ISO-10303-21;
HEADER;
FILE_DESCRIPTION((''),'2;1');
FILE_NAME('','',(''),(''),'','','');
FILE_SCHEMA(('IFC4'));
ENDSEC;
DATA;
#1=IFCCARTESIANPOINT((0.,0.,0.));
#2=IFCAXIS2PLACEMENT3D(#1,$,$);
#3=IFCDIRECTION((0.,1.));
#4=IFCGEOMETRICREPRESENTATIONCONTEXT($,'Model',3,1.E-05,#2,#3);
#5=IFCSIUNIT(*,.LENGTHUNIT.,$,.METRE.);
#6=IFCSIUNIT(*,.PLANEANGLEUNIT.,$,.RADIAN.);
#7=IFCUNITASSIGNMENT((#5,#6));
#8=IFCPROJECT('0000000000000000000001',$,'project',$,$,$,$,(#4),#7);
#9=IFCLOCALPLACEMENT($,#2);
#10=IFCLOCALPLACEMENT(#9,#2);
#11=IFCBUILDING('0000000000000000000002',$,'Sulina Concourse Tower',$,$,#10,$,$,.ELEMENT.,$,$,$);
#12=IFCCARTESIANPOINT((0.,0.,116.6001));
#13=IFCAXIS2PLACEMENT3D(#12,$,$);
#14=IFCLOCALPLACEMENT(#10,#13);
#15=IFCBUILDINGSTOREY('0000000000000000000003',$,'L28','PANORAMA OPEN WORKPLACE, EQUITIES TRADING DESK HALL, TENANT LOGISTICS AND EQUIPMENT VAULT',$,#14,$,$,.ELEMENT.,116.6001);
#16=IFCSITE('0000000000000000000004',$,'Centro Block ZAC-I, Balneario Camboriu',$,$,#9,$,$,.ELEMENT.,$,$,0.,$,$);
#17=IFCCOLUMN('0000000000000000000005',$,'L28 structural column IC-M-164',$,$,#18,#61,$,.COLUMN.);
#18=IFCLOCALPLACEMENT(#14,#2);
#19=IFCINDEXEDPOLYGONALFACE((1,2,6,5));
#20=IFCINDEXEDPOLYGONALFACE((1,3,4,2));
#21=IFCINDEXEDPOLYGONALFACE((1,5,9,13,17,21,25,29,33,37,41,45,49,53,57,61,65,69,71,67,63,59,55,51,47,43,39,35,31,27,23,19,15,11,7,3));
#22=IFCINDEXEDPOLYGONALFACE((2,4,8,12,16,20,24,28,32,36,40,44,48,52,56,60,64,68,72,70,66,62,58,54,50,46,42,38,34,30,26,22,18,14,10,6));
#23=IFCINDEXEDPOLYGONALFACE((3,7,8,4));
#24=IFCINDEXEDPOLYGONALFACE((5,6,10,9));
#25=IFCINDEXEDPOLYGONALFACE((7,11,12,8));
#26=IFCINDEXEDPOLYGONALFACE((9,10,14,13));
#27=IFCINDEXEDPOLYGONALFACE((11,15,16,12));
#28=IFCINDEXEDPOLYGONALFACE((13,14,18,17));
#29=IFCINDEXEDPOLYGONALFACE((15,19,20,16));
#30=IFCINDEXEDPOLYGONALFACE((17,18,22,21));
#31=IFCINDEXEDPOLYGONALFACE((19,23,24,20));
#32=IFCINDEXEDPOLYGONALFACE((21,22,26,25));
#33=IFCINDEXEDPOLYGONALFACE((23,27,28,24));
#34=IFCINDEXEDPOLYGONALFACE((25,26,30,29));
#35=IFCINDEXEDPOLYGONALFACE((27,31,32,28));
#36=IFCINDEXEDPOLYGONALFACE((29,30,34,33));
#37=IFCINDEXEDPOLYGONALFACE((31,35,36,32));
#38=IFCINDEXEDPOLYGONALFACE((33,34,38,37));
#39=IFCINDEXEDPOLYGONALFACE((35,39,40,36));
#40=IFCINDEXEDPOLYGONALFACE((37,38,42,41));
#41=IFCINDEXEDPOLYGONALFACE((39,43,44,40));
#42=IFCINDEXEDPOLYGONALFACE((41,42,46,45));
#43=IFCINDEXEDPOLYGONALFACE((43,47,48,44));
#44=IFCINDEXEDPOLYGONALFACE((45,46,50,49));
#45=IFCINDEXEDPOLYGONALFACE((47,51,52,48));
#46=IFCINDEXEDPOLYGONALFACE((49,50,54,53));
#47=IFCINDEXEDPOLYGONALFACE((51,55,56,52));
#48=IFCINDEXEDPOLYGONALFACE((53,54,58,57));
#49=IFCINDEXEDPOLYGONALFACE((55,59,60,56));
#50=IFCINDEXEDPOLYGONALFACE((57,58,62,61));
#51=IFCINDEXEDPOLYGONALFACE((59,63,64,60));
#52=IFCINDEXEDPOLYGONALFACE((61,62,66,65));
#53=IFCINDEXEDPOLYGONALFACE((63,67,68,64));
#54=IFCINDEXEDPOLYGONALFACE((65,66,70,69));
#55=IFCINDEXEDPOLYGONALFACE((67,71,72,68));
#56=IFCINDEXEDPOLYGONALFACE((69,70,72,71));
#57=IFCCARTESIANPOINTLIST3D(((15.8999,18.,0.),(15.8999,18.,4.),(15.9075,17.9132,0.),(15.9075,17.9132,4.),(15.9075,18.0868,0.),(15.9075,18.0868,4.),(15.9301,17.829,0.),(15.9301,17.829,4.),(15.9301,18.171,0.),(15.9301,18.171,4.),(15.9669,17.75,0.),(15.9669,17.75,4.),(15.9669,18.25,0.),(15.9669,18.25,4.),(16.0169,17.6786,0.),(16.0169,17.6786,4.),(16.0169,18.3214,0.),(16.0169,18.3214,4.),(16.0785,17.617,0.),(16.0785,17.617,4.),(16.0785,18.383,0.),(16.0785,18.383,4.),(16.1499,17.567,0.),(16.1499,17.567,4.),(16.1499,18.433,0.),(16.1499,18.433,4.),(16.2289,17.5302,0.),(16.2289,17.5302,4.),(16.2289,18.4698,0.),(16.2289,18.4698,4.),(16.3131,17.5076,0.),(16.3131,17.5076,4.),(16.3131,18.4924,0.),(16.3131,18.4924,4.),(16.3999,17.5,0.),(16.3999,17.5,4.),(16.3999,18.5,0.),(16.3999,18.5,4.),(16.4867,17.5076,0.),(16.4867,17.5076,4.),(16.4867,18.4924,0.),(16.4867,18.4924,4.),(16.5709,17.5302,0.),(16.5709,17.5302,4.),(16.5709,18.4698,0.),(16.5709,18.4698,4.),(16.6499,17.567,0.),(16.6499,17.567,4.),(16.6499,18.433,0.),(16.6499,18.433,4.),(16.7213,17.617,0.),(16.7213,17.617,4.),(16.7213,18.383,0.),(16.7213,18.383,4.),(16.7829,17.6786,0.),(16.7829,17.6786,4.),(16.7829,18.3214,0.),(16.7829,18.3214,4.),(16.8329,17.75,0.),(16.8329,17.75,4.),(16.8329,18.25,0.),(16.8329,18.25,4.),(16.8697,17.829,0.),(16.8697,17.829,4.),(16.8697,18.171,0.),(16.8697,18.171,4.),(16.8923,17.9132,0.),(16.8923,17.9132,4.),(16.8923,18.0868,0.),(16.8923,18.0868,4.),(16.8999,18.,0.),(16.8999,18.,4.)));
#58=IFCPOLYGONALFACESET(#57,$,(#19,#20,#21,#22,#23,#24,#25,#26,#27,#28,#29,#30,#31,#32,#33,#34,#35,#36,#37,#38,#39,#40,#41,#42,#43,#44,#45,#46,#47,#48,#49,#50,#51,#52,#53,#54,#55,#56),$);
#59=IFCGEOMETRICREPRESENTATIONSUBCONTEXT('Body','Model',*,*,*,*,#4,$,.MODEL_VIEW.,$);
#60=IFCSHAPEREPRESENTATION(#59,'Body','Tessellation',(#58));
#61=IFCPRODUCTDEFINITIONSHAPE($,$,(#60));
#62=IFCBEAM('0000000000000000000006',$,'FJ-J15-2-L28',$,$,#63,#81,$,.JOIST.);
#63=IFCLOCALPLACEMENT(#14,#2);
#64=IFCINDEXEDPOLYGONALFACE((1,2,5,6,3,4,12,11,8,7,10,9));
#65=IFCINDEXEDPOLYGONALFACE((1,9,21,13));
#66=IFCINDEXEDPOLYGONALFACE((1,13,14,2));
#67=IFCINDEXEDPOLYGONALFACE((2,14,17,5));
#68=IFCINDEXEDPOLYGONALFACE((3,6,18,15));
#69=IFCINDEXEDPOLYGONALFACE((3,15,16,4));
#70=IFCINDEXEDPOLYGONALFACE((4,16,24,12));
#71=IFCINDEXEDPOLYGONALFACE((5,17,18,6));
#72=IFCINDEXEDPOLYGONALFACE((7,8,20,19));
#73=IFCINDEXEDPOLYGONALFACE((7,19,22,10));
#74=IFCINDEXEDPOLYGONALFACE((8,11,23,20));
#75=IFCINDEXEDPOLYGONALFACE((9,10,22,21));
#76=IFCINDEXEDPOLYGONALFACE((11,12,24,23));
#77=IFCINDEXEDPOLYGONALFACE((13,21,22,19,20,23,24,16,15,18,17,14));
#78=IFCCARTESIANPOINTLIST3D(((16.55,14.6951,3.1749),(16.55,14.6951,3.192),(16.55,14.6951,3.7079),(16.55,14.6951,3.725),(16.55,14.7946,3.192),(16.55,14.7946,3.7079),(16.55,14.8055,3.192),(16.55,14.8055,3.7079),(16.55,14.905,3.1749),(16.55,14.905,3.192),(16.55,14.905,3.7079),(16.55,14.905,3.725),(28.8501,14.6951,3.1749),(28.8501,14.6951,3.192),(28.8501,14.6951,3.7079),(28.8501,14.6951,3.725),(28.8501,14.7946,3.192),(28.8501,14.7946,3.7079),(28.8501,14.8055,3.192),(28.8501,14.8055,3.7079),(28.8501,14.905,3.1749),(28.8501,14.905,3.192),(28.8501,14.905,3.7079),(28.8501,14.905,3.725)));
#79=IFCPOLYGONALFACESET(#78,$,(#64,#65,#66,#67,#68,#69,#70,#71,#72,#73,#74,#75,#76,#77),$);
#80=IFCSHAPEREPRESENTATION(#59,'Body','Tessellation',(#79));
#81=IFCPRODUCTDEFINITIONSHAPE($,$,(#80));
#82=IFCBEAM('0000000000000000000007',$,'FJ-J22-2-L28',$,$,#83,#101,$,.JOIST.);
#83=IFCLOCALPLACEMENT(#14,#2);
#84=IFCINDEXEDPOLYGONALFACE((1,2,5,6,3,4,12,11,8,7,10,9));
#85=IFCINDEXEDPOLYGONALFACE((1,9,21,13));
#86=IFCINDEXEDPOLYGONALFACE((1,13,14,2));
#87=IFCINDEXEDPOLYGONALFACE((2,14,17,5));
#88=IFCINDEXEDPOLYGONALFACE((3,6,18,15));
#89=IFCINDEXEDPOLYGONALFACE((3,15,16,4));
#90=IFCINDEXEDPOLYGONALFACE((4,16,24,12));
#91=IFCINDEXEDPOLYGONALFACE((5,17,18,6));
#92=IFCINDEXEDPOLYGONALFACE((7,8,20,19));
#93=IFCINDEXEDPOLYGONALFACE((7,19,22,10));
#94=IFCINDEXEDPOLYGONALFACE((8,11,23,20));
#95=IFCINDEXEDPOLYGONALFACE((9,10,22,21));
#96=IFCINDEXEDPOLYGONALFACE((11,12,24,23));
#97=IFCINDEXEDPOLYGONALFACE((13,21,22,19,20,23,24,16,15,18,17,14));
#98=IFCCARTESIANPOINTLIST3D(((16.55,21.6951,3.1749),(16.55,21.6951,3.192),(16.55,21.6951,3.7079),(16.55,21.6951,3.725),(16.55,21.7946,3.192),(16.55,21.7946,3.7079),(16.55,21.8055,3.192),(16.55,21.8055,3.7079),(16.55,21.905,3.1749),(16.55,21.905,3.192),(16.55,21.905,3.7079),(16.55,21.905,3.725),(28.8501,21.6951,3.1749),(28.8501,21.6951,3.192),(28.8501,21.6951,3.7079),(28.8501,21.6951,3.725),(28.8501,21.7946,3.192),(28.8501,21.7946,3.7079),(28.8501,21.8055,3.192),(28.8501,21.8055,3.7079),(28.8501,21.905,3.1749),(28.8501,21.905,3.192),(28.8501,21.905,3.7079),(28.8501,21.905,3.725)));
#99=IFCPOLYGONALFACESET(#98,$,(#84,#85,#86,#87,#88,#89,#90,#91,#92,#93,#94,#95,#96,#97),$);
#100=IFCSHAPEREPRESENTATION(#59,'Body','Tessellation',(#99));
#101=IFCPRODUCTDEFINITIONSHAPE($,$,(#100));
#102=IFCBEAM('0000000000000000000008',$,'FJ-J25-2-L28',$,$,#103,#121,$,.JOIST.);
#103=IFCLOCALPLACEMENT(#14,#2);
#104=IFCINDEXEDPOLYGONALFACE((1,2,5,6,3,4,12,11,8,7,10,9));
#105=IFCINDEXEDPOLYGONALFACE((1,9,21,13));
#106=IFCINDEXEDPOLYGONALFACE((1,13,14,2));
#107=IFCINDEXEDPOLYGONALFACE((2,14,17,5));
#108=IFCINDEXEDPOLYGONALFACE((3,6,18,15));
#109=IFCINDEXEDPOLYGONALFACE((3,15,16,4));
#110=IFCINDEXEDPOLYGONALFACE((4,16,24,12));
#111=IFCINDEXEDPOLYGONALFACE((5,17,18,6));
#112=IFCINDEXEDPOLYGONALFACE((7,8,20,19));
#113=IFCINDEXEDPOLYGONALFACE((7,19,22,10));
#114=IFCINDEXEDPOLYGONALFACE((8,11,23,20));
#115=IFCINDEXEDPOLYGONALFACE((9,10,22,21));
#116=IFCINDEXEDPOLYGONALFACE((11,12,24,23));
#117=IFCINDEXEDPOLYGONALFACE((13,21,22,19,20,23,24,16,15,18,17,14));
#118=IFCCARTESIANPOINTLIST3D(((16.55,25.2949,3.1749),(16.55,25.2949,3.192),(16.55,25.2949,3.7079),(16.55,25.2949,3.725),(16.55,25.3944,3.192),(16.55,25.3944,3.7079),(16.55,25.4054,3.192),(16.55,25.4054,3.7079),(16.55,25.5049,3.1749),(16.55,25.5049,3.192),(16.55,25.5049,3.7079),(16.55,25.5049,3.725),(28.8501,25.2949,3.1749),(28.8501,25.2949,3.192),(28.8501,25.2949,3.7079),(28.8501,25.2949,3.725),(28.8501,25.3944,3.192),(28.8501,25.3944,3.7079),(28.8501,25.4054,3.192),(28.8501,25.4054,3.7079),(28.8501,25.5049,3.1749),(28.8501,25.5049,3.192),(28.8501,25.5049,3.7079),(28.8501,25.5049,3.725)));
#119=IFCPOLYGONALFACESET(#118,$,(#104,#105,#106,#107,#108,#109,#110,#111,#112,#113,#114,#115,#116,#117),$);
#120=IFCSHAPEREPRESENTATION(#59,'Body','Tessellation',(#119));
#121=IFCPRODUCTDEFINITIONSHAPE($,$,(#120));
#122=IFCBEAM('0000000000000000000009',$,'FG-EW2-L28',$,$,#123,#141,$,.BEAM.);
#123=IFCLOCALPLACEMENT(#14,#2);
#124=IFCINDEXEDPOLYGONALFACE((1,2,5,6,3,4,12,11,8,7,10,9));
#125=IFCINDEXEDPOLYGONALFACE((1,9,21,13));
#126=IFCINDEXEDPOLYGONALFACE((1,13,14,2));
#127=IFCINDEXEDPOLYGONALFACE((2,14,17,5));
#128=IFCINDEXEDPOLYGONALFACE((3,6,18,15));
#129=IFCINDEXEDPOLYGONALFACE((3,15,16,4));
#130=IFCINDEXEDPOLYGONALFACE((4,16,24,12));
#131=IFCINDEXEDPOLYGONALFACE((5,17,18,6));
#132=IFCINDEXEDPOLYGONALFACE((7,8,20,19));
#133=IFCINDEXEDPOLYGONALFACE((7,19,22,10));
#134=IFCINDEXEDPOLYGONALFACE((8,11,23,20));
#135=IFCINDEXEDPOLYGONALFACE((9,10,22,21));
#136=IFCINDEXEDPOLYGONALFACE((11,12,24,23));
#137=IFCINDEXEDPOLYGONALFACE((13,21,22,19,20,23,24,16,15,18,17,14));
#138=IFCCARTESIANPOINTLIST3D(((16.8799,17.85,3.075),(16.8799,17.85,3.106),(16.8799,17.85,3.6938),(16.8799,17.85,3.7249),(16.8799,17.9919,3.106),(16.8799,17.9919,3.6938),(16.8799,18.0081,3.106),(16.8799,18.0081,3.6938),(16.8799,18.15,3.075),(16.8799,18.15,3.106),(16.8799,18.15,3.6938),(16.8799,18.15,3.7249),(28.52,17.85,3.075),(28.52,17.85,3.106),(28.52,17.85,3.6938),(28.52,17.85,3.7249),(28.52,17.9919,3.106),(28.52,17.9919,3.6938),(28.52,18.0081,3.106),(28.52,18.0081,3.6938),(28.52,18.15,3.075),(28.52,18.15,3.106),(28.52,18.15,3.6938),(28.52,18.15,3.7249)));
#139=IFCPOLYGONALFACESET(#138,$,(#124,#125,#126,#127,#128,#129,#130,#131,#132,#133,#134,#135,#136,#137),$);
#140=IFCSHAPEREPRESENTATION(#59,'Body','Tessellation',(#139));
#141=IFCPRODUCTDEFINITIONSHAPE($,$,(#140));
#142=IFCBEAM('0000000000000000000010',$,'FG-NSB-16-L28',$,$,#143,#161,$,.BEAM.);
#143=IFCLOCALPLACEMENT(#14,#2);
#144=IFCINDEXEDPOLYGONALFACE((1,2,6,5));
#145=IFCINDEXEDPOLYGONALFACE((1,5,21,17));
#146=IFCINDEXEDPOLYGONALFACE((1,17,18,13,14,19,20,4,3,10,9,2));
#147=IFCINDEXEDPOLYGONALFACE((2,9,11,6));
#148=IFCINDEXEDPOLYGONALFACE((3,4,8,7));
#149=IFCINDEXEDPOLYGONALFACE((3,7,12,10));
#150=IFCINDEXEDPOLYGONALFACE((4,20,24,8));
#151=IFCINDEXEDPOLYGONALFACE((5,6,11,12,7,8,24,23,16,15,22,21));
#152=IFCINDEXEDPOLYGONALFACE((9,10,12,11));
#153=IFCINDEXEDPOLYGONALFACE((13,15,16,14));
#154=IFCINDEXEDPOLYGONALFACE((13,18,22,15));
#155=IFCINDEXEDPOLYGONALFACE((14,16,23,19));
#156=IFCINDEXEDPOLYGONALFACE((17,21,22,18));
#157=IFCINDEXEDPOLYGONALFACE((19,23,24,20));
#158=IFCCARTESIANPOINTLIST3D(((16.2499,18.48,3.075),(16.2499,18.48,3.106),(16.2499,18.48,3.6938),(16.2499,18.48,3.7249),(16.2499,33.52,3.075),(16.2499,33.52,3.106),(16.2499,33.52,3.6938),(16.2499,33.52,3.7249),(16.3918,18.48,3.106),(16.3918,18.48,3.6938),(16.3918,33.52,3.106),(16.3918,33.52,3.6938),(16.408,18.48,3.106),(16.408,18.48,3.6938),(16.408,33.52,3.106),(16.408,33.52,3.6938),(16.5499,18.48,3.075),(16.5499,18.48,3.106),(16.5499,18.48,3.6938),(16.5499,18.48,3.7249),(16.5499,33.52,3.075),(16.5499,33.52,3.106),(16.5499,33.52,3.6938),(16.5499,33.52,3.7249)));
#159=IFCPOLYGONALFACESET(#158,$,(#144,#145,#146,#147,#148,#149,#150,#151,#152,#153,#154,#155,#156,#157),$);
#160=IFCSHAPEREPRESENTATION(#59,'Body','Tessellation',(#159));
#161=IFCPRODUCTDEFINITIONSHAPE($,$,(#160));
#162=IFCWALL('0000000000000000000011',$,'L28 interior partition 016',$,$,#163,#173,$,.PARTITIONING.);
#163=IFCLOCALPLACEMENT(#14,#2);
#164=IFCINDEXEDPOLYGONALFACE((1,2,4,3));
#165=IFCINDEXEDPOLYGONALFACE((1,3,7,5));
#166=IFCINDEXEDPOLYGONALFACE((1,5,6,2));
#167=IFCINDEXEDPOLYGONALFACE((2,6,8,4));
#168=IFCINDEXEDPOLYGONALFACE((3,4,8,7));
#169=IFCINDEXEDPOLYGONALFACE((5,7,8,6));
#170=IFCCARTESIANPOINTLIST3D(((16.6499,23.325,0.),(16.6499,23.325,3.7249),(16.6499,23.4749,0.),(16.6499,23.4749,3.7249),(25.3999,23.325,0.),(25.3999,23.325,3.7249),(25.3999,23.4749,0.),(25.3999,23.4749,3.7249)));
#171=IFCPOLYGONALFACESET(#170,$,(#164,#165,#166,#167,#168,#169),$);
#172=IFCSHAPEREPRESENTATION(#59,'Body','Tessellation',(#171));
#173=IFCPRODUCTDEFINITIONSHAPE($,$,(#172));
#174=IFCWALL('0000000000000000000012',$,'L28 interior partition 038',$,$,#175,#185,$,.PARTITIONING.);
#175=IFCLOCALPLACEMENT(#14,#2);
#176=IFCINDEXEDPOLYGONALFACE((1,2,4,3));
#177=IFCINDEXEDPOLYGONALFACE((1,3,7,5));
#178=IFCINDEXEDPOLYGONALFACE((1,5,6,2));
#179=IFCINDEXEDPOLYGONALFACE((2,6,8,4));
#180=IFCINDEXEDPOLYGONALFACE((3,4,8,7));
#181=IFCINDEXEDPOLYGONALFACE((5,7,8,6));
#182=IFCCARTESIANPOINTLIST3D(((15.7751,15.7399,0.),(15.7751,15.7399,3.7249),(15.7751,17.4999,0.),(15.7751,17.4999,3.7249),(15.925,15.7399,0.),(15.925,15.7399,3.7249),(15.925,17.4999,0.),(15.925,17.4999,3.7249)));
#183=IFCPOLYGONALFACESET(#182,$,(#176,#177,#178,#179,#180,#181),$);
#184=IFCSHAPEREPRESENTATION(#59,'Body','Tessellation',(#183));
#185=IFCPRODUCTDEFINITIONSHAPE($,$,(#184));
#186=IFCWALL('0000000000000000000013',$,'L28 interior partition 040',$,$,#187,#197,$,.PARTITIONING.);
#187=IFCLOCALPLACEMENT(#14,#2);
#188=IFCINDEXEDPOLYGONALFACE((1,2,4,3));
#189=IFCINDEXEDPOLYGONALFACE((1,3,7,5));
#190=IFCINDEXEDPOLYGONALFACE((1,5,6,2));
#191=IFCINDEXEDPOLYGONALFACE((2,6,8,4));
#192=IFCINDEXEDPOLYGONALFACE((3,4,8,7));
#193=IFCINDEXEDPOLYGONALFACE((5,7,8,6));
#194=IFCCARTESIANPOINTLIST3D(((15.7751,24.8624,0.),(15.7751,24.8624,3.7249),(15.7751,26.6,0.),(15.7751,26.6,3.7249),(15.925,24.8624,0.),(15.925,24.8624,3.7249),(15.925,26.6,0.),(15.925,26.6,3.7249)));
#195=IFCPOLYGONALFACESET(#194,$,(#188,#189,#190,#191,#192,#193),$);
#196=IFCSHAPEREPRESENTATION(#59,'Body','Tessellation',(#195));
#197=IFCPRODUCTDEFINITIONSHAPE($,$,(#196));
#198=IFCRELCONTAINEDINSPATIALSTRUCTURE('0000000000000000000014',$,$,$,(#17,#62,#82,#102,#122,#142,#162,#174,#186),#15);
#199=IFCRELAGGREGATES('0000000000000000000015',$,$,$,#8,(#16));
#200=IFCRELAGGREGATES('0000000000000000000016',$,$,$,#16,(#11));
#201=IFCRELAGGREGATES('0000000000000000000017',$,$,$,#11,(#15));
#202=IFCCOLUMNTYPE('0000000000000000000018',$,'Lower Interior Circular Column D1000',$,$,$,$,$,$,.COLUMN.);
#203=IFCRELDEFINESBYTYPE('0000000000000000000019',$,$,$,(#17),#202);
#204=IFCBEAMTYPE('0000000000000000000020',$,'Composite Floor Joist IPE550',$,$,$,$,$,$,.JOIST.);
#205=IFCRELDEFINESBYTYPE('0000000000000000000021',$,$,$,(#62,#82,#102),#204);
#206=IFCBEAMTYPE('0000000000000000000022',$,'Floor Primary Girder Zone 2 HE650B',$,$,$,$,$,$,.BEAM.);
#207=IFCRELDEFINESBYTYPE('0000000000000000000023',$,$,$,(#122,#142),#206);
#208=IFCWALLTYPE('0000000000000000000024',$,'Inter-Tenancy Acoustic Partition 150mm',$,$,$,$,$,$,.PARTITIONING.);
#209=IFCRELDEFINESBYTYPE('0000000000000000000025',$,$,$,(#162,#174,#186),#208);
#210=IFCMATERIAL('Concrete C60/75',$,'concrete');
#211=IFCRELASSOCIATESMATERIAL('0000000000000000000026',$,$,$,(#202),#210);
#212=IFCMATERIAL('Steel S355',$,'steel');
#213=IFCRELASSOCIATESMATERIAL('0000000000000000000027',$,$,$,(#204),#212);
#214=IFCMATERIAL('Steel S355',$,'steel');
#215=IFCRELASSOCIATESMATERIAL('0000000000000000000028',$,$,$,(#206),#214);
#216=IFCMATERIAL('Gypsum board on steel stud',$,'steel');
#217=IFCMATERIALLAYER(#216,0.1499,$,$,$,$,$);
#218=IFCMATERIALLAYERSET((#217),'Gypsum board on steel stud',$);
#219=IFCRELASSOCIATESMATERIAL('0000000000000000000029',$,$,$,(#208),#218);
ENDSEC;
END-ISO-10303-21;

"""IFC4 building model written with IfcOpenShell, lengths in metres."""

from ifc_helpers import new_model, si_unit, direction, frame, frame_2d, origin, origin_2d, place, context, subcontext, project, spatial, rectangle, circle, i_section, extrude, material, layer, layer_set, material_profile, profile_set, type_object, element, save


model = new_model("IFC4")

# Units and contexts
model_context = context("Model", 3, precision=1e-05, world=origin(), true_north=direction((0.0, 1.0)))
body_context = subcontext(model_context, "Body", "Model", "MODEL_VIEW")
ifc_project = project(units=[si_unit("LENGTHUNIT", "METRE"), si_unit("PLANEANGLEUNIT", "RADIAN")], contexts=[model_context])

# Site, building, storey
site_placement = place(None, origin())
site = spatial("IfcSite", under=ifc_project, at=site_placement, Name="Centro Block ZAC-I, Balneario Camboriu", CompositionType="ELEMENT", RefElevation=0.0)
building_placement = place(site_placement, origin())
building = spatial("IfcBuilding", under=site, at=building_placement, Name="Sulina Concourse Tower", CompositionType="ELEMENT")
storey_placement = place(building_placement, frame((0.0, 0.0, 116.6001)))
storey = spatial("IfcBuildingStorey", under=building, at=storey_placement, Name="L28", Description="PANORAMA OPEN WORKPLACE, EQUITIES TRADING DESK HALL, TENANT LOGISTICS AND EQUIPMENT VAULT", CompositionType="ELEMENT", Elevation=116.6001)

# Column
ifc_material_1 = material(Name="Concrete C60/75", Category="concrete")
ifc_material_profile_1 = material_profile(ifc_material_1, circle(Radius=0.5, at=origin_2d()), Name="RC D1000")
ifc_profile_set_1 = profile_set([ifc_material_profile_1], Name="Concrete C60/75")
column_type = type_object("IfcColumnType", Name="Lower Interior Circular Column D1000", PredefinedType="COLUMN", material=ifc_profile_set_1)
column_placement = place(storey_placement, frame((16.3999, 18.0, 0.0), z_axis=(0.0, 0.0, 1.0), x_axis=(1.0, 0.0, 0.0)))
element("IfcColumn", 1, at=column_placement, inside=storey, type_object=column_type, Name="L28 structural column IC-M-164", PredefinedType="COLUMN", context=body_context, shape_type="SweptSolid", body=[
    extrude(circle(Radius=0.5, at=origin_2d()), origin(), (0.0, 0.0, 1.0), 4.0),
])

# Beams
ifc_material_2 = material(Name="Steel S355", Category="steel")
ifc_material_profile_2 = material_profile(ifc_material_2, i_section(OverallWidth=0.21, OverallDepth=0.55, WebThickness=0.011, FlangeThickness=0.0171, at=origin_2d()), Name="IPE 550")
ifc_profile_set_2 = profile_set([ifc_material_profile_2], Name="Steel S355")
beam_type_1 = type_object("IfcBeamType", Name="Composite Floor Joist IPE550", PredefinedType="JOIST", material=ifc_profile_set_2)
for number, where, z_axis, x_axis, name in (
    (2, (16.55, 14.8, 3.45), (1.0, 0.0, 0.0), (0.0, 1.0, 0.0), "FJ-J15-2-L28"),
    (3, (16.55, 21.8, 3.45), (1.0, 0.0, 0.0), (0.0, 1.0, 0.0), "FJ-J22-2-L28"),
    (4, (16.55, 25.3999, 3.45), (1.0, 0.0, 0.0), (0.0, 1.0, 0.0), "FJ-J25-2-L28"),
):
    element("IfcBeam", number, at=place(storey_placement, frame(where, z_axis=z_axis, x_axis=x_axis)), inside=storey, type_object=beam_type_1, Name=name, PredefinedType="JOIST", context=body_context, shape_type="SweptSolid", body=[
        extrude(i_section(OverallWidth=0.21, OverallDepth=0.55, WebThickness=0.011, FlangeThickness=0.0171, at=origin_2d()), origin(), (0.0, 0.0, 1.0), 12.3),
    ])
ifc_material_3 = material(Name="Steel S355", Category="steel")
ifc_material_profile_3 = material_profile(ifc_material_3, i_section(OverallWidth=0.3, OverallDepth=0.6499, WebThickness=0.0161, FlangeThickness=0.031, at=origin_2d()), Name="HE 650 B")
ifc_profile_set_3 = profile_set([ifc_material_profile_3], Name="Steel S355")
beam_type_2 = type_object("IfcBeamType", Name="Floor Primary Girder Zone 2 HE650B", PredefinedType="BEAM", material=ifc_profile_set_3)
beam_1_placement = place(storey_placement, frame((16.8799, 18.0, 3.3999), z_axis=(1.0, 0.0, 0.0), x_axis=(0.0, 1.0, 0.0)))
element("IfcBeam", 5, at=beam_1_placement, inside=storey, type_object=beam_type_2, Name="FG-EW2-L28", PredefinedType="BEAM", context=body_context, shape_type="SweptSolid", body=[
    extrude(i_section(OverallWidth=0.3, OverallDepth=0.6499, WebThickness=0.0161, FlangeThickness=0.031, at=origin_2d()), origin(), (0.0, 0.0, 1.0), 11.6401),
])
beam_2_placement = place(storey_placement, frame((16.3999, 18.48, 3.3999), z_axis=(0.0, 1.0, 0.0), x_axis=(-1.0, 0.0, 0.0)))
element("IfcBeam", 6, at=beam_2_placement, inside=storey, type_object=beam_type_2, Name="FG-NSB-16-L28", PredefinedType="BEAM", context=body_context, shape_type="SweptSolid", body=[
    extrude(i_section(OverallWidth=0.3, OverallDepth=0.6499, WebThickness=0.0161, FlangeThickness=0.031, at=origin_2d()), origin(), (0.0, 0.0, 1.0), 15.04),
])

# Walls
ifc_material_4 = material(Name="Gypsum board on steel stud", Category="steel")
ifc_layer_1 = layer(ifc_material_4, 0.1499)
ifc_layer_set_1 = layer_set([ifc_layer_1], Name="Gypsum board on steel stud")
wall_type_1 = type_object("IfcWallType", Name="Inter-Tenancy Acoustic Partition 150mm", PredefinedType="PARTITIONING", material=ifc_layer_set_1)
wall_1_placement = place(storey_placement, frame((16.6499, 23.3999, 0.0), z_axis=(0.0, 0.0, 1.0), x_axis=(1.0, 0.0, 0.0)))
element("IfcWall", 7, at=wall_1_placement, inside=storey, type_object=wall_type_1, Name="L28 interior partition 016", PredefinedType="PARTITIONING", context=body_context, shape_type="SweptSolid", body=[
    extrude(rectangle(XDim=8.75, YDim=0.1499, at=frame_2d((4.375, 0.0))), origin(), (0.0, 0.0, 1.0), 3.7249),
])
wall_2_placement = place(storey_placement, frame((15.8501, 15.74, 0.0), z_axis=(0.0, 0.0, 1.0), x_axis=(0.0, 1.0, 0.0)))
element("IfcWall", 8, at=wall_2_placement, inside=storey, type_object=wall_type_1, Name="L28 interior partition 038", PredefinedType="PARTITIONING", context=body_context, shape_type="SweptSolid", body=[
    extrude(rectangle(XDim=1.76, YDim=0.1499, at=frame_2d((0.8799, 0.0))), origin(), (0.0, 0.0, 1.0), 3.7249),
])
wall_3_placement = place(storey_placement, frame((15.8501, 24.8625, 0.0), z_axis=(0.0, 0.0, 1.0), x_axis=(0.0, 1.0, 0.0)))
element("IfcWall", 9, at=wall_3_placement, inside=storey, type_object=wall_type_1, Name="L28 interior partition 040", PredefinedType="PARTITIONING", context=body_context, shape_type="SweptSolid", body=[
    extrude(rectangle(XDim=1.7375, YDim=0.1499, at=frame_2d((0.8687, 0.0))), origin(), (0.0, 0.0, 1.0), 3.7249),
])

save(model, "model.ifc")
